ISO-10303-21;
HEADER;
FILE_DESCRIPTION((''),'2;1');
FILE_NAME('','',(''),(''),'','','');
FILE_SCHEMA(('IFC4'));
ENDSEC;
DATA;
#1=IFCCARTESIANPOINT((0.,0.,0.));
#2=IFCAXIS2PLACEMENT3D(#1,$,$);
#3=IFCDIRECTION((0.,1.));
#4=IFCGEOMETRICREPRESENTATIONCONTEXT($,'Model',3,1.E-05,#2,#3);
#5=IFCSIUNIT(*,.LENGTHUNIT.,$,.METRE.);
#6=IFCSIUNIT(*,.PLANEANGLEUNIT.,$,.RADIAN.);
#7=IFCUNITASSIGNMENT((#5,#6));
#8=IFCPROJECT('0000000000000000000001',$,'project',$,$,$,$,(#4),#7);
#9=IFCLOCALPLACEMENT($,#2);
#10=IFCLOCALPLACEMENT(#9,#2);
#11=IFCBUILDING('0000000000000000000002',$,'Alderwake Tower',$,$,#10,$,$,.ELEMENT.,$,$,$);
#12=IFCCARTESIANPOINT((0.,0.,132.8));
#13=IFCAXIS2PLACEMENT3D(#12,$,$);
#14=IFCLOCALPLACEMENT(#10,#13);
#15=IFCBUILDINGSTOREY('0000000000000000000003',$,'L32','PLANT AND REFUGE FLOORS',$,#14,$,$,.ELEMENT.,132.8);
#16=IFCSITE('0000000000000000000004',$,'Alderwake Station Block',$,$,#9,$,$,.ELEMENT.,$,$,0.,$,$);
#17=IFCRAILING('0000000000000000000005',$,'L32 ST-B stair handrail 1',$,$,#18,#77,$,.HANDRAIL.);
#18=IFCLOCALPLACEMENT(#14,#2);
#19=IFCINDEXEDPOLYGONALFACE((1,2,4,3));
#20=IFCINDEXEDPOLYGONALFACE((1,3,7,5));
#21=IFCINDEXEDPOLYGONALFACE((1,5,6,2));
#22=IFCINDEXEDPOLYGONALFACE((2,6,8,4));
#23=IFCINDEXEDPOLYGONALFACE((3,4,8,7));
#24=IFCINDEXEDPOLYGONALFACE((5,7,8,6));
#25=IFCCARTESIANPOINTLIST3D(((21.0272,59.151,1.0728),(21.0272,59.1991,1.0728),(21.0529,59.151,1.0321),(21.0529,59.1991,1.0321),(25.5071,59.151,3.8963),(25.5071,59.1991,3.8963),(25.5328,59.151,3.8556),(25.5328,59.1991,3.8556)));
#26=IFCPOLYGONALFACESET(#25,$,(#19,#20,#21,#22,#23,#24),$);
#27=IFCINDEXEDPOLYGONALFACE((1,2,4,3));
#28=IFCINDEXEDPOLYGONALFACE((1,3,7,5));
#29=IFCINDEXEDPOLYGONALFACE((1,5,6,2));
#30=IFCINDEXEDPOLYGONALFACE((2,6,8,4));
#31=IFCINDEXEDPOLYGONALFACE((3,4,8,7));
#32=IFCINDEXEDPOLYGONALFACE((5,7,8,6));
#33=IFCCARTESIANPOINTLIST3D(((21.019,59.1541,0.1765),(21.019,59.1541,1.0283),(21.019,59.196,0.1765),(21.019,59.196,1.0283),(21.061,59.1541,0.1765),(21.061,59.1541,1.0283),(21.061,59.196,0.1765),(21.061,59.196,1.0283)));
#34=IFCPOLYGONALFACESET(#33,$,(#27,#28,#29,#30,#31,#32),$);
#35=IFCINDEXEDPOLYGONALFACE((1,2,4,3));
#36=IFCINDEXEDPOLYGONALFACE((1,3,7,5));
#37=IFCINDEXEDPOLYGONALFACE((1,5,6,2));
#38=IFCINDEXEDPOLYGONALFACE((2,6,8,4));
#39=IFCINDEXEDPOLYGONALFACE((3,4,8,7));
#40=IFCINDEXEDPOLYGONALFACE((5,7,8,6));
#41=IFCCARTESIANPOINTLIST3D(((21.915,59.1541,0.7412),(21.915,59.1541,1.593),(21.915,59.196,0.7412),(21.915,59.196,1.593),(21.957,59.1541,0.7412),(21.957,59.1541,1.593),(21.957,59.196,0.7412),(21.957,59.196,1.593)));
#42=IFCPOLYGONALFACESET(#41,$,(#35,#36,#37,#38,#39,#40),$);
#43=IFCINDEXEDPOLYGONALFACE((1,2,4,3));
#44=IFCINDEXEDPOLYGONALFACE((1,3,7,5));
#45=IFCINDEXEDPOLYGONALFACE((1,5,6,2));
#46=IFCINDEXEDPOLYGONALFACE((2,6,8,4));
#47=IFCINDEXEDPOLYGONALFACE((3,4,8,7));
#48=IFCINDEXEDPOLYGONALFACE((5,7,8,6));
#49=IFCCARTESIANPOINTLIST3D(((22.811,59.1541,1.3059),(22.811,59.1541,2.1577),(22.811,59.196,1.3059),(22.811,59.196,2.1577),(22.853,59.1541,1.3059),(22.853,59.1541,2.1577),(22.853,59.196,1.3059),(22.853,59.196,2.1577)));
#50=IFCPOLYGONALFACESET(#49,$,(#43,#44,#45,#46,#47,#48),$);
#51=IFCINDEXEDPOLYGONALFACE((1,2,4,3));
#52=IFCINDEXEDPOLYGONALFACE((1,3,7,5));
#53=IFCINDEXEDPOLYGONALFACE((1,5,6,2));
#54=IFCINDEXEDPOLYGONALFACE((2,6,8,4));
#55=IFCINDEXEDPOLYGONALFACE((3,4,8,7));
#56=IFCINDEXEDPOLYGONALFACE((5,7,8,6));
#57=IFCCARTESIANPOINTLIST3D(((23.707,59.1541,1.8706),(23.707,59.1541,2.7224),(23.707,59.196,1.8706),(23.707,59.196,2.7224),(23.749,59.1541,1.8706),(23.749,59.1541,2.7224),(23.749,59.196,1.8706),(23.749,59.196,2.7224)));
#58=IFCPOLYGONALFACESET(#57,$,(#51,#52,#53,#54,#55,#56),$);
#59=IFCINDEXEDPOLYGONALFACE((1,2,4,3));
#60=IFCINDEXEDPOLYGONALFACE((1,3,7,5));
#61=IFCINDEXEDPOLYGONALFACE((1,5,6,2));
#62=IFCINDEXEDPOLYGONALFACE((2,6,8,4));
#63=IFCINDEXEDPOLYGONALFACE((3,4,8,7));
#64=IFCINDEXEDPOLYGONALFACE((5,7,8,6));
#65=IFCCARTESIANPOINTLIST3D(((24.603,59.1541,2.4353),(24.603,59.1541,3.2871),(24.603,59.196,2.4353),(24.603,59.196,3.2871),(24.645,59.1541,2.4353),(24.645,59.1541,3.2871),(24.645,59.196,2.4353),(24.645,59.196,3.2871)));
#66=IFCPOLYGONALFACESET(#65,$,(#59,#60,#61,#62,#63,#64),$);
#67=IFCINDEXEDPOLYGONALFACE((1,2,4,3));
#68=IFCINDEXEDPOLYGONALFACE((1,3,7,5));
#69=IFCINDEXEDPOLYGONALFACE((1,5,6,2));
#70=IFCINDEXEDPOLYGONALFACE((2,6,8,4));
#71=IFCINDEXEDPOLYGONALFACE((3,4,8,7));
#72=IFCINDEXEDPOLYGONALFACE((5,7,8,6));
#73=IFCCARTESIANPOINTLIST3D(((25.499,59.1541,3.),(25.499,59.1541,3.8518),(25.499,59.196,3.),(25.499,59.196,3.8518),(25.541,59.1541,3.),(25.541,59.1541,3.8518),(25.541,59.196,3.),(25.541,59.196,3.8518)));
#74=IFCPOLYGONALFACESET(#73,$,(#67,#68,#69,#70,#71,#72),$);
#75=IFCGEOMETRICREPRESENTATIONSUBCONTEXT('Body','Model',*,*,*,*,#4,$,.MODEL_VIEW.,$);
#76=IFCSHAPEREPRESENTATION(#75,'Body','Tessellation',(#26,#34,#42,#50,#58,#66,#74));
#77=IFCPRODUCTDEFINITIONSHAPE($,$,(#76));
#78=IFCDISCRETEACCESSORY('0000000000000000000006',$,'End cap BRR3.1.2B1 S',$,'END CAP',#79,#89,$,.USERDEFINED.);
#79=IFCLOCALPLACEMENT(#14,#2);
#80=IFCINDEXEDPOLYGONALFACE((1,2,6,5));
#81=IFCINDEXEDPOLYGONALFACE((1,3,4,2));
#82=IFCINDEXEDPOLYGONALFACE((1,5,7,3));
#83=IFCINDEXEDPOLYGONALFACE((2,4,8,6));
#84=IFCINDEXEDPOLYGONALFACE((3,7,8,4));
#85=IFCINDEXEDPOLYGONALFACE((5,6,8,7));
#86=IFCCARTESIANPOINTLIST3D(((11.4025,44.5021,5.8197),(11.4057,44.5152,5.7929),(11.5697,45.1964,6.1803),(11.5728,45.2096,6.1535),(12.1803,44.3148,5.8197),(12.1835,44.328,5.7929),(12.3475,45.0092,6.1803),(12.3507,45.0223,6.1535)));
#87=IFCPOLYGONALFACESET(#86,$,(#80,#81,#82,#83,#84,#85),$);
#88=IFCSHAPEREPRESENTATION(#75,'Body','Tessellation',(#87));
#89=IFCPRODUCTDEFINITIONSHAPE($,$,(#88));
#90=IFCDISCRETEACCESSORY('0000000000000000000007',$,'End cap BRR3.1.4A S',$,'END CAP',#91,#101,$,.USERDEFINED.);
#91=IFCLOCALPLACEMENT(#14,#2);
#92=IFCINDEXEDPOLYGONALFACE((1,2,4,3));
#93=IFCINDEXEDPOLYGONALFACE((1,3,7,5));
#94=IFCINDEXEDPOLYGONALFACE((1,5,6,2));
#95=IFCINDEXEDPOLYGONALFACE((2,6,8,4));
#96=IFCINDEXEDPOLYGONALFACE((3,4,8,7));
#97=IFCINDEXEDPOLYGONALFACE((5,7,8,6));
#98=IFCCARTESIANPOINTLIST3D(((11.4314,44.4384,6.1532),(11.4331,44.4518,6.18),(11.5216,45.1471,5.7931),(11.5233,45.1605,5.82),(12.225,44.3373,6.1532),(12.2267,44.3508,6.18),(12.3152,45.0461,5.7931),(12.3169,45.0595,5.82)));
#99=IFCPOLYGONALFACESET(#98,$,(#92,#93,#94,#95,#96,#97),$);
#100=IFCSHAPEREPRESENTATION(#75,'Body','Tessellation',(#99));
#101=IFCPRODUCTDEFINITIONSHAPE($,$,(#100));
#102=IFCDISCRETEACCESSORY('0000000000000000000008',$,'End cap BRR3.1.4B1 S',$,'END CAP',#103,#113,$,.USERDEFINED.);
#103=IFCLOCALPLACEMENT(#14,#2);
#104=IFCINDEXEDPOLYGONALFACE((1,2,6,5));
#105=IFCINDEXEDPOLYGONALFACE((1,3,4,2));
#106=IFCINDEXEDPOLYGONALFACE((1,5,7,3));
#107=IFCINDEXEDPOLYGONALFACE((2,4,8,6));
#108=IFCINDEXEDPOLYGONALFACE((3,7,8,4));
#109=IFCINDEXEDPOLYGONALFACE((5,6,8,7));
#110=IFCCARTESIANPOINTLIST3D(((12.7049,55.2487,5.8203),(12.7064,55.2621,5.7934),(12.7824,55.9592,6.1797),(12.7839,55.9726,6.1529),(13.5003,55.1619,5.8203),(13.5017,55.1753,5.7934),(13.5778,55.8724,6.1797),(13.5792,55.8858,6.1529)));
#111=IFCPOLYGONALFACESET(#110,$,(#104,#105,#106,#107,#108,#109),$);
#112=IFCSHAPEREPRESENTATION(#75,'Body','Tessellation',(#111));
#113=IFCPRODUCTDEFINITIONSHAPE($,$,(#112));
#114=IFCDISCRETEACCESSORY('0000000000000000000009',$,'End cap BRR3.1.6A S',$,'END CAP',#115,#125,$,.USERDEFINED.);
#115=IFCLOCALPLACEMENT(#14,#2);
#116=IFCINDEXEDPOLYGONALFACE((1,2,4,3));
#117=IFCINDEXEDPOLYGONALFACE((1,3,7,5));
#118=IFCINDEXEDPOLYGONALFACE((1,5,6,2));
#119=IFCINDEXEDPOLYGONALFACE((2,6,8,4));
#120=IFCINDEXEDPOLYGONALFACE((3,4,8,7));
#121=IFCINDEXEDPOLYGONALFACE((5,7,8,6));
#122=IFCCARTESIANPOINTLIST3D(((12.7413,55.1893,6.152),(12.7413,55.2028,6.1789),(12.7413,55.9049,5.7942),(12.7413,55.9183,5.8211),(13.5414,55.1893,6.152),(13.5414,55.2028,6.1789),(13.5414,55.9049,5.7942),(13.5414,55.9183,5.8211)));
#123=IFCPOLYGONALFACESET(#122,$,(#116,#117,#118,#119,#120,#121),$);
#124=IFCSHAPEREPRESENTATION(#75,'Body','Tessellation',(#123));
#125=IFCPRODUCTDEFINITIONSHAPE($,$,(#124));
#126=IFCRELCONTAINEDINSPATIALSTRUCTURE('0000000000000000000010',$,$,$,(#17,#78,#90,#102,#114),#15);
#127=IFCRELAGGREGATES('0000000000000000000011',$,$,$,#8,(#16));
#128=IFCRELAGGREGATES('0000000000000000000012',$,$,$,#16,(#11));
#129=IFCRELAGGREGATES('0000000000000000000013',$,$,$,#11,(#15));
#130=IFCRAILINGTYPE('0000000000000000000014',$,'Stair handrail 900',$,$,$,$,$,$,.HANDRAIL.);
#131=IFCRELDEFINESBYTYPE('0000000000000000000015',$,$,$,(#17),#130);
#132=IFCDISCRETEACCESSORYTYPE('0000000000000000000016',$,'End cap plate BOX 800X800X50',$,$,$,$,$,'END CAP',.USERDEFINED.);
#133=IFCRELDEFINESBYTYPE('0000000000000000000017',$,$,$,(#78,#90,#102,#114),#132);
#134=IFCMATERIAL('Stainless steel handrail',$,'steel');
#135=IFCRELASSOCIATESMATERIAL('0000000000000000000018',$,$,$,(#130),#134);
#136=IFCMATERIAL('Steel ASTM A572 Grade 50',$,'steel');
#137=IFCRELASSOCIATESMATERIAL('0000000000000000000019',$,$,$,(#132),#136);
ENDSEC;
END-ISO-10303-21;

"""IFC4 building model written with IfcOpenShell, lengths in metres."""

from ifc_helpers import new_model, si_unit, direction, frame, origin, origin_with_axes, origin_2d, place, context, subcontext, project, spatial, rectangle, extrude, material, material_profile, profile_set, type_object, element, save


model = new_model("IFC4")

# Units and contexts
model_context = context("Model", 3, precision=1e-05, world=origin(), true_north=direction((0.0, 1.0)))
body_context = subcontext(model_context, "Body", "Model", "MODEL_VIEW")
ifc_project = project(units=[si_unit("LENGTHUNIT", "METRE"), si_unit("PLANEANGLEUNIT", "RADIAN")], contexts=[model_context])

# Site, building, storey
site_placement = place(None, origin())
site = spatial("IfcSite", under=ifc_project, at=site_placement, Name="Alderwake Station Block", CompositionType="ELEMENT", RefElevation=0.0)
building_placement = place(site_placement, origin())
building = spatial("IfcBuilding", under=site, at=building_placement, Name="Alderwake Tower", CompositionType="ELEMENT")
storey_placement = place(building_placement, frame((0.0, 0.0, 132.8)))
storey = spatial("IfcBuildingStorey", under=building, at=storey_placement, Name="L32", Description="PLANT AND REFUGE FLOORS", CompositionType="ELEMENT", Elevation=132.8)

# Railing
ifc_material_1 = material(Name="Stainless steel handrail", Category="steel")
railing_type = type_object("IfcRailingType", Name="Stair handrail 900", PredefinedType="HANDRAIL", material=ifc_material_1)
railing_placement = place(storey_placement, frame((21.04, 59.175, 0.1765)))
element("IfcRailing", 1, at=railing_placement, inside=storey, type_object=railing_type, Name="L32 ST-B stair handrail 1", PredefinedType="HANDRAIL", context=body_context, shape_type="SweptSolid", body=[
    extrude(rectangle(XDim=0.0481, YDim=0.0481, at=origin_2d()), frame((0.0, 0.0, 0.876), z_axis=(0.845998, 0.0, 0.533186), x_axis=(0.0, 1.0, 0.0)), (0.0, 0.0, 1.0), 5.2954),
    extrude(rectangle(XDim=0.042, YDim=0.042, at=origin_2d()), origin_with_axes(), (0.0, 0.0, 1.0), 0.8518),
    extrude(rectangle(XDim=0.042, YDim=0.042, at=origin_2d()), frame((0.896, 0.0, 0.5647), z_axis=(0.0, 0.0, 1.0), x_axis=(1.0, 0.0, 0.0)), (0.0, 0.0, 1.0), 0.8518),
    extrude(rectangle(XDim=0.042, YDim=0.042, at=origin_2d()), frame((1.792, 0.0, 1.1294), z_axis=(0.0, 0.0, 1.0), x_axis=(1.0, 0.0, 0.0)), (0.0, 0.0, 1.0), 0.8518),
    extrude(rectangle(XDim=0.042, YDim=0.042, at=origin_2d()), frame((2.688, 0.0, 1.6941), z_axis=(0.0, 0.0, 1.0), x_axis=(1.0, 0.0, 0.0)), (0.0, 0.0, 1.0), 0.8518),
    extrude(rectangle(XDim=0.042, YDim=0.042, at=origin_2d()), frame((3.584, 0.0, 2.2588), z_axis=(0.0, 0.0, 1.0), x_axis=(1.0, 0.0, 0.0)), (0.0, 0.0, 1.0), 0.8518),
    extrude(rectangle(XDim=0.042, YDim=0.042, at=origin_2d()), frame((4.48, 0.0, 2.8235), z_axis=(0.0, 0.0, 1.0), x_axis=(1.0, 0.0, 0.0)), (0.0, 0.0, 1.0), 0.8518),
])

# Discrete accessories
ifc_material_2 = material(Name="Steel ASTM A572 Grade 50", Category="steel")
ifc_material_profile = material_profile(ifc_material_2, rectangle(XDim=0.8, YDim=0.8, at=origin_2d()), Name="BOX 800X800X50 cap")
ifc_profile_set = profile_set([ifc_material_profile], Name="Steel ASTM A572 Grade 50")
discrete_accessory_type = type_object("IfcDiscreteAccessoryType", Name="End cap plate BOX 800X800X50", ElementType="END CAP", PredefinedType="USERDEFINED", material=ifc_profile_set)
for number, where, z_axis, x_axis, name in (
    (2, (11.875, 44.7556, 6.0), (0.105496, 0.438214, -0.892658), (-0.972224, 0.234054, 0.0), "End cap BRR3.1.2B1 S"),
    (3, (11.875, 44.7556, 6.0), (-0.056826, -0.446491, -0.892982), (0.991998, -0.126254, 0.0), "End cap BRR3.1.4A S"),
    (4, (13.1414, 55.5605, 6.0), (0.048729, 0.446682, -0.893365), (-0.994102, 0.108448, 0.0), "End cap BRR3.1.4B1 S"),
    (5, (13.1414, 55.5605, 6.0), (0.0, -0.447214, -0.894427), (1.0, 0.0, 0.0), "End cap BRR3.1.6A S"),
):
    element("IfcDiscreteAccessory", number, at=place(storey_placement, frame(where, z_axis=z_axis, x_axis=x_axis)), inside=storey, type_object=discrete_accessory_type, Name=name, ObjectType="END CAP", PredefinedType="USERDEFINED", context=body_context, shape_type="SweptSolid", body=[
        extrude(rectangle(XDim=0.8, YDim=0.8, at=origin_2d()), origin(), (0.0, 0.0, 1.0), 0.03),
    ])

save(model, "model.ifc")
